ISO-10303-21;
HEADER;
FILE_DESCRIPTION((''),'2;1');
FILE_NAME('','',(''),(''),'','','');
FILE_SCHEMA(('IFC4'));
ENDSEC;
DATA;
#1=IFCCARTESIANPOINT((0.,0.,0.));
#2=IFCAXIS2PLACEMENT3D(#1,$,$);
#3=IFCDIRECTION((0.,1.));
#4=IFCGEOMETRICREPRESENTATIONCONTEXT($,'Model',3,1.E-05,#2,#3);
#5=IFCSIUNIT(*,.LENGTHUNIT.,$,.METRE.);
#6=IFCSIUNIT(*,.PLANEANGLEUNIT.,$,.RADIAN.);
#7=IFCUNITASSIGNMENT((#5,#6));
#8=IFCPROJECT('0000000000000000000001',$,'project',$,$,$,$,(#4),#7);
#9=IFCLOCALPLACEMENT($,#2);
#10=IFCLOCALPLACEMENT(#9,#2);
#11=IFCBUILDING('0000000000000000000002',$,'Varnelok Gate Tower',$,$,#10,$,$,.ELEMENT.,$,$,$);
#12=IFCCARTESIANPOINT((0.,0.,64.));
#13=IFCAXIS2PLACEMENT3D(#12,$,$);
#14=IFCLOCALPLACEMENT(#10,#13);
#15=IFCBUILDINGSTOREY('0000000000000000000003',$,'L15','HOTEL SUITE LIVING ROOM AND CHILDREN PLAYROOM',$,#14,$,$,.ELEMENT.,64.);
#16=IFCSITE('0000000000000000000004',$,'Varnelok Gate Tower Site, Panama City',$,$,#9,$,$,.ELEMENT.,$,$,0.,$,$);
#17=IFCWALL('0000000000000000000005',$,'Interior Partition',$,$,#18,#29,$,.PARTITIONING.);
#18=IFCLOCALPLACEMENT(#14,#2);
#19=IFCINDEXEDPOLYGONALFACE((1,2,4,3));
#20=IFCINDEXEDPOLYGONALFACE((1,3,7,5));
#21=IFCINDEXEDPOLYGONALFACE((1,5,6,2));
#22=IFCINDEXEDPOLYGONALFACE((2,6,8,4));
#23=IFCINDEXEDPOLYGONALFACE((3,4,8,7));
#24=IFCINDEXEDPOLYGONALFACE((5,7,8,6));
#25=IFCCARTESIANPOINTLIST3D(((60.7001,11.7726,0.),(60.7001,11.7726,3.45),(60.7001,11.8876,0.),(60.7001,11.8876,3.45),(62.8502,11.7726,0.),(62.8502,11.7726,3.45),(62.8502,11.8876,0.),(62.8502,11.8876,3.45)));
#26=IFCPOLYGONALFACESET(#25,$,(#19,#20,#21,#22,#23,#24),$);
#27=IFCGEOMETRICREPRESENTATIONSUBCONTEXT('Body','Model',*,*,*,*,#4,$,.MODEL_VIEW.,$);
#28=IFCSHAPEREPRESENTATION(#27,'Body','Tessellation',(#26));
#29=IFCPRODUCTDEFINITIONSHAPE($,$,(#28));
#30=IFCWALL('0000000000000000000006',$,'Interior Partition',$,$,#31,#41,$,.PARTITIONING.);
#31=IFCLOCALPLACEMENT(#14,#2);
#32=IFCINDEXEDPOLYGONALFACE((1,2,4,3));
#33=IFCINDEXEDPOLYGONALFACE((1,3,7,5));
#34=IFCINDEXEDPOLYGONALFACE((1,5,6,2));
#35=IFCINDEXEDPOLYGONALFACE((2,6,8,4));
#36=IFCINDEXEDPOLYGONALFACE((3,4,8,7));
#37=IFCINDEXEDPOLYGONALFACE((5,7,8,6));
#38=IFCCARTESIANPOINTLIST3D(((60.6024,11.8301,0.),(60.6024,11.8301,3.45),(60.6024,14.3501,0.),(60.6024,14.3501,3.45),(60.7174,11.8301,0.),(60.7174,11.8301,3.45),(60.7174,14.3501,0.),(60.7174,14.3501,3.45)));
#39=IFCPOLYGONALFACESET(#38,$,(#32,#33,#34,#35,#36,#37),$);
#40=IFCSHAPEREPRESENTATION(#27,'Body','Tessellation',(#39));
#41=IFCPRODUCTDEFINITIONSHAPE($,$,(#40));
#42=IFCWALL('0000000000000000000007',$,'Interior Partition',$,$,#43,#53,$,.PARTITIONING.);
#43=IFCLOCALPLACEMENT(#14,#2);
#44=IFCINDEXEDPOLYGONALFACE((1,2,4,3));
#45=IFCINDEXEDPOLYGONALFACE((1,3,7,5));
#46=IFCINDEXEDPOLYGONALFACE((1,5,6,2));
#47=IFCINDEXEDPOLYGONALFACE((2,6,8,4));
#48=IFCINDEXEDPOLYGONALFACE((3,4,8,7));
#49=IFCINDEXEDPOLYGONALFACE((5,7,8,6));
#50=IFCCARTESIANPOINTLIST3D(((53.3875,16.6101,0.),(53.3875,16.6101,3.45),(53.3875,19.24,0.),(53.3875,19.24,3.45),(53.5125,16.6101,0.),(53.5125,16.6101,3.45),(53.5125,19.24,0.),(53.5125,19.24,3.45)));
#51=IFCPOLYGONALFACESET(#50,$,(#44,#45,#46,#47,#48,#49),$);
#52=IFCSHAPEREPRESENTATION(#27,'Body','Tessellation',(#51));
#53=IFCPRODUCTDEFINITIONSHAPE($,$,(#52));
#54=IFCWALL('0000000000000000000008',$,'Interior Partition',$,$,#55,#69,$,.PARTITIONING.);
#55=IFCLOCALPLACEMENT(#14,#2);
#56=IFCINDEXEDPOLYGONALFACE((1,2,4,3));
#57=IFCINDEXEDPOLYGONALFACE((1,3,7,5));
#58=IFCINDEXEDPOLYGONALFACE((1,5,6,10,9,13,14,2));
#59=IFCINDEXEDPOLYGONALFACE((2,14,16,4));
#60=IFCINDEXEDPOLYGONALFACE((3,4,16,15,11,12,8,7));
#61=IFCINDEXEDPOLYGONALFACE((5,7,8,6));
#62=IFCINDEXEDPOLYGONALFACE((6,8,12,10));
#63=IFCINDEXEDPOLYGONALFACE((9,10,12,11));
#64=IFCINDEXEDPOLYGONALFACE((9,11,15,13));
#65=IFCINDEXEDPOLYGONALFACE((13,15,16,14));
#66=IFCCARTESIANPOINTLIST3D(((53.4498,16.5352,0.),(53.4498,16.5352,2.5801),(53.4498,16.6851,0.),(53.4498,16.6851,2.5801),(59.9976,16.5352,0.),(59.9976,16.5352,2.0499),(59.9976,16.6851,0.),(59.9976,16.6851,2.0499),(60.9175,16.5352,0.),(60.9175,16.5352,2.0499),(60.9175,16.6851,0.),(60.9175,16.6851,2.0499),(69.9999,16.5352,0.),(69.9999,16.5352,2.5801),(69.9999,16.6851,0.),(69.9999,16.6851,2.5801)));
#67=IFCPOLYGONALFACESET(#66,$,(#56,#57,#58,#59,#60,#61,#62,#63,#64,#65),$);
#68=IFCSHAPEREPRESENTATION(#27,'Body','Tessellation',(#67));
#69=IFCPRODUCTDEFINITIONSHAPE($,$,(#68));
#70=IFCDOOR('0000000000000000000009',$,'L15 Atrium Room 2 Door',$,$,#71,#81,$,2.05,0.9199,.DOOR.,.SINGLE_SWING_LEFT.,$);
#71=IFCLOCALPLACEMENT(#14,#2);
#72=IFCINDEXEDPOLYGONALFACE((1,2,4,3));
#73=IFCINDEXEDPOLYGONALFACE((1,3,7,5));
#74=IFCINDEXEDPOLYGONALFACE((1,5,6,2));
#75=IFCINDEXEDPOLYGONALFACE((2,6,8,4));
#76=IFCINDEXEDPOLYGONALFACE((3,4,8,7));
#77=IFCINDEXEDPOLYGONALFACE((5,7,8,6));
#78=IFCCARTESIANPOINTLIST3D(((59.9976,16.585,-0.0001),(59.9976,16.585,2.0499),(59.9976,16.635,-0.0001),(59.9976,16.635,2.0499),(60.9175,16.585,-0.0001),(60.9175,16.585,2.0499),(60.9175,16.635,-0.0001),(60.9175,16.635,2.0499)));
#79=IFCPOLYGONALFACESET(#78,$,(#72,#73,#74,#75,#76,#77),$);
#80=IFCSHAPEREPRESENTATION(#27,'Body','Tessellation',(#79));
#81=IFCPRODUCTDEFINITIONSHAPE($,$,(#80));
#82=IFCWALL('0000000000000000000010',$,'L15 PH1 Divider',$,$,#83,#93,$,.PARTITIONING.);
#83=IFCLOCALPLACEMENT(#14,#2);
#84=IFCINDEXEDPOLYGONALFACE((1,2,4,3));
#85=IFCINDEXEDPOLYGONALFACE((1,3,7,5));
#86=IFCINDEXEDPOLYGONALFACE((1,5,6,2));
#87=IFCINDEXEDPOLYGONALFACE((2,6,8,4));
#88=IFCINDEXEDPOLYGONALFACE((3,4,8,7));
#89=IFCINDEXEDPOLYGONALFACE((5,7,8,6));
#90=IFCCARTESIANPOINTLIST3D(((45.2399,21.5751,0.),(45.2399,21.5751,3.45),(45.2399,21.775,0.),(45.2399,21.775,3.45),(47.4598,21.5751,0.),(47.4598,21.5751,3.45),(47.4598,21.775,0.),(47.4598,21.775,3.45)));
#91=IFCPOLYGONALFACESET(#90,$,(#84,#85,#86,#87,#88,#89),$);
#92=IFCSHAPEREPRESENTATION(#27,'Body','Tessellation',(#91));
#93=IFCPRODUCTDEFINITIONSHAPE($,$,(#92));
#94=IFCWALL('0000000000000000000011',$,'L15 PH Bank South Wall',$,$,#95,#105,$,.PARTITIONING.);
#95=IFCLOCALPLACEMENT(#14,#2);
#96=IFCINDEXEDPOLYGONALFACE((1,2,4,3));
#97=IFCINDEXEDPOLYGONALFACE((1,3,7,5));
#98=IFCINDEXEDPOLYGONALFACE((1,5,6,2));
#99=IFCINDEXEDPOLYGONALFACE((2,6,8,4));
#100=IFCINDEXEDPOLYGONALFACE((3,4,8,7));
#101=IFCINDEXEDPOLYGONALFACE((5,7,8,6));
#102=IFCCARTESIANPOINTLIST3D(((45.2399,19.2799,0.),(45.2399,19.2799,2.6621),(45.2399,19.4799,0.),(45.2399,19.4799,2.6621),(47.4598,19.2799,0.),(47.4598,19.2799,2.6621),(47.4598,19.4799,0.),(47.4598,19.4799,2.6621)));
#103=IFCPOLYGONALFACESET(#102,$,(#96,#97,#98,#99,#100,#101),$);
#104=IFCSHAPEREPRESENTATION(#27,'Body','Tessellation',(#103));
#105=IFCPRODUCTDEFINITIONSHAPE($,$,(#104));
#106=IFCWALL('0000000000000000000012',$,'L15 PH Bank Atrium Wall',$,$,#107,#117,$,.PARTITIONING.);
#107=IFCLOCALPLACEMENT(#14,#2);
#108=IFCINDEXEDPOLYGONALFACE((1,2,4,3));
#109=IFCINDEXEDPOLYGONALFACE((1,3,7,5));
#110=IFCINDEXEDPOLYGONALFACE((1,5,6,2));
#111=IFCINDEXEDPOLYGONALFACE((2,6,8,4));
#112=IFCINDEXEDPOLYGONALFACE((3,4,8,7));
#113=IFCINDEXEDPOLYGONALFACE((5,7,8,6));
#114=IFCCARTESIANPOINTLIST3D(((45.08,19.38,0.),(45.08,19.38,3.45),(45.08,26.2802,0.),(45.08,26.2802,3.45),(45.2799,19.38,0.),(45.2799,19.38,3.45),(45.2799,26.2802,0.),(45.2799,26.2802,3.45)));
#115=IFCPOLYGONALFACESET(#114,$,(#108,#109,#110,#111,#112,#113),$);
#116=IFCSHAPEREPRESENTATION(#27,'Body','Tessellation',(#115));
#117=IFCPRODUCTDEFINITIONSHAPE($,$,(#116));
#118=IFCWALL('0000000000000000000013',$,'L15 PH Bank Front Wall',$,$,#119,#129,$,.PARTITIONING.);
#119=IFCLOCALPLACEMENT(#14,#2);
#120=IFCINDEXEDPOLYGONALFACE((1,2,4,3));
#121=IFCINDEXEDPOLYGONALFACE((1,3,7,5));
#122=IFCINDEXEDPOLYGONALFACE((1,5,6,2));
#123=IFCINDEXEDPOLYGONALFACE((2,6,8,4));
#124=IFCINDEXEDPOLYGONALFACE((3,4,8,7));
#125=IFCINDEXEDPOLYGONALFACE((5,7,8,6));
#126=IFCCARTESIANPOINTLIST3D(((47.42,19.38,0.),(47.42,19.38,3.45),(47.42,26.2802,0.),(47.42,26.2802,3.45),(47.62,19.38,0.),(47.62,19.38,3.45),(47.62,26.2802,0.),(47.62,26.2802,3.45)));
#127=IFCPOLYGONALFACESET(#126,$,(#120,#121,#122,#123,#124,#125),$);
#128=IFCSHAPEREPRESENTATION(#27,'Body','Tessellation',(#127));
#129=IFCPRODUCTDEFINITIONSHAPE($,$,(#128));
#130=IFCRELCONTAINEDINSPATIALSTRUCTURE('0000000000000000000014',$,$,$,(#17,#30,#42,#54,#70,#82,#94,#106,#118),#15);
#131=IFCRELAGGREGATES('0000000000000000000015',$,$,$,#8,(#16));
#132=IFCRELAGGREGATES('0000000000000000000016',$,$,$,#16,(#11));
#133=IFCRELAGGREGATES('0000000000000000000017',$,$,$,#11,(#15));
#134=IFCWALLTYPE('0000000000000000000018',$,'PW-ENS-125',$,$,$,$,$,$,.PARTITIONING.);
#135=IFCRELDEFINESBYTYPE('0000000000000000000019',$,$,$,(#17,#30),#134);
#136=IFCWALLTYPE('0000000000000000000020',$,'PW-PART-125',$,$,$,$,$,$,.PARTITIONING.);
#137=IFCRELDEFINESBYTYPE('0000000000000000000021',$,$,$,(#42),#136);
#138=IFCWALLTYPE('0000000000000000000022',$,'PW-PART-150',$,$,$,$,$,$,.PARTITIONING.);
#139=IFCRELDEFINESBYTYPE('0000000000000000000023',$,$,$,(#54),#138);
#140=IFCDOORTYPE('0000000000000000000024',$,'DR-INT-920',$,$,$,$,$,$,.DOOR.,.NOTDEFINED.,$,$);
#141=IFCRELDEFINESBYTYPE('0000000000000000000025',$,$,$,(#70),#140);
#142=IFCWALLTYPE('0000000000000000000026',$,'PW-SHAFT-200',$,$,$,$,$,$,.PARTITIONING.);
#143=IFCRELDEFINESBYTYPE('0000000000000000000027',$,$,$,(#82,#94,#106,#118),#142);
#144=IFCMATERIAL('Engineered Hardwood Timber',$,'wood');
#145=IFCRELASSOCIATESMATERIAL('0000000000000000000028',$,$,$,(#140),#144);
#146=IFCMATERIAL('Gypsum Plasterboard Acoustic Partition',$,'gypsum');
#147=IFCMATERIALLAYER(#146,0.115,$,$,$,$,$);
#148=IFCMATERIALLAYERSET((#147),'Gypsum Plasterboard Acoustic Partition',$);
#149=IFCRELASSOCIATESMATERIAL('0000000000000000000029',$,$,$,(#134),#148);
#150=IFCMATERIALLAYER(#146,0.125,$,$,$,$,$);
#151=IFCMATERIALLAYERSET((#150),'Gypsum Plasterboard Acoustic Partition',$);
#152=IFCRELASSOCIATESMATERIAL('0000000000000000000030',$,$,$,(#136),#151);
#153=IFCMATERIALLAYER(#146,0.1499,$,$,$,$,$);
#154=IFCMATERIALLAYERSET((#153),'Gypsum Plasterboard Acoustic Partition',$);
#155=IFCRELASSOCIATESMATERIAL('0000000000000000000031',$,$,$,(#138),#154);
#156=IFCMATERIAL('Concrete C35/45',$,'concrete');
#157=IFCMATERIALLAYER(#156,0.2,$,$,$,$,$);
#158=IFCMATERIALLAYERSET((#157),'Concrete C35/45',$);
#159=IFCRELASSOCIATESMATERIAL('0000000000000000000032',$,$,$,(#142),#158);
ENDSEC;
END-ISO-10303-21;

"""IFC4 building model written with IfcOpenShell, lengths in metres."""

from ifc_helpers import new_model, si_unit, direction, frame, frame_2d, origin, place, context, subcontext, project, spatial, rectangle, extrude, material, layer, layer_set, type_object, element, fill, save


model = new_model("IFC4")

# Units and contexts
model_context = context("Model", 3, precision=1e-05, world=origin(), true_north=direction((0.0, 1.0)))
body_context = subcontext(model_context, "Body", "Model", "MODEL_VIEW")
ifc_project = project(units=[si_unit("LENGTHUNIT", "METRE"), si_unit("PLANEANGLEUNIT", "RADIAN")], contexts=[model_context])

# Site, building, storey
site_placement = place(None, origin())
site = spatial("IfcSite", under=ifc_project, at=site_placement, Name="Varnelok Gate Tower Site, Panama City", CompositionType="ELEMENT", RefElevation=0.0)
building_placement = place(site_placement, origin())
building = spatial("IfcBuilding", under=site, at=building_placement, Name="Varnelok Gate Tower", CompositionType="ELEMENT")
storey_placement = place(building_placement, frame((0.0, 0.0, 64.0)))
storey = spatial("IfcBuildingStorey", under=building, at=storey_placement, Name="L15", Description="HOTEL SUITE LIVING ROOM AND CHILDREN PLAYROOM", CompositionType="ELEMENT", Elevation=64.0)

# Shared definitions
ifc_material_1 = material(Name="Gypsum Plasterboard Acoustic Partition", Category="gypsum")
ifc_material_2 = material(Name="Engineered Hardwood Timber", Category="wood")
door_type_1 = type_object("IfcDoorType", Name="DR-INT-920", OperationType="NOTDEFINED", PredefinedType="DOOR", material=ifc_material_2)

# Walls
ifc_layer_1 = layer(ifc_material_1, 0.115)
ifc_layer_set_1 = layer_set([ifc_layer_1], Name="Gypsum Plasterboard Acoustic Partition")
wall_type_1 = type_object("IfcWallType", Name="PW-ENS-125", PredefinedType="PARTITIONING", material=ifc_layer_set_1)
wall_1_placement = place(storey_placement, frame((60.7, 11.8301, 0.0), z_axis=(0.0, 0.0, 1.0), x_axis=(1.0, 0.0, 0.0)))
element("IfcWall", 1, at=wall_1_placement, inside=storey, type_object=wall_type_1, Name="Interior Partition", PredefinedType="PARTITIONING", context=body_context, shape_type="SweptSolid", body=[
    extrude(rectangle(XDim=2.1501, YDim=0.115, at=frame_2d((1.0752, 0.0))), origin(), (0.0, 0.0, 1.0), 3.45),
])
wall_2_placement = place(storey_placement, frame((60.6599, 11.8301, 0.0), z_axis=(0.0, 0.0, 1.0), x_axis=(0.0, 1.0, 0.0)))
element("IfcWall", 2, at=wall_2_placement, inside=storey, type_object=wall_type_1, Name="Interior Partition", PredefinedType="PARTITIONING", context=body_context, shape_type="SweptSolid", body=[
    extrude(rectangle(XDim=2.52, YDim=0.115, at=frame_2d((1.26, 0.0))), origin(), (0.0, 0.0, 1.0), 3.45),
])
ifc_layer_2 = layer(ifc_material_1, 0.125)
ifc_layer_set_2 = layer_set([ifc_layer_2], Name="Gypsum Plasterboard Acoustic Partition")
wall_type_2 = type_object("IfcWallType", Name="PW-PART-125", PredefinedType="PARTITIONING", material=ifc_layer_set_2)
wall_3_placement = place(storey_placement, frame((53.45, 16.6101, 0.0), z_axis=(0.0, 0.0, 1.0), x_axis=(0.0, 1.0, 0.0)))
element("IfcWall", 3, at=wall_3_placement, inside=storey, type_object=wall_type_2, Name="Interior Partition", PredefinedType="PARTITIONING", context=body_context, shape_type="SweptSolid", body=[
    extrude(rectangle(XDim=2.6299, YDim=0.125, at=frame_2d((1.3149, 0.0))), origin(), (0.0, 0.0, 1.0), 3.45),
])

# Wall, opening, door
ifc_layer_3 = layer(ifc_material_1, 0.1499)
ifc_layer_set_3 = layer_set([ifc_layer_3], Name="Gypsum Plasterboard Acoustic Partition")
wall_type_3 = type_object("IfcWallType", Name="PW-PART-150", PredefinedType="PARTITIONING", material=ifc_layer_set_3)
wall_4_placement = place(storey_placement, frame((53.45, 16.6101, 0.0), z_axis=(0.0, 0.0, 1.0), x_axis=(1.0, 0.0, 0.0)))
wall_4 = element("IfcWall", 4, at=wall_4_placement, inside=storey, type_object=wall_type_3, Name="Interior Partition", PredefinedType="PARTITIONING", context=body_context, shape_type="SweptSolid", body=[
    extrude(rectangle(XDim=16.55, YDim=0.1499, at=frame_2d((8.2749, 0.0))), origin(), (0.0, 0.0, 1.0), 2.5801),
])
opening_1_placement = place(wall_4_placement, frame((6.5476, 0.0, 0.0)))
opening_1 = element("IfcOpeningElement", 5, at=opening_1_placement, cuts=wall_4, PredefinedType="OPENING", context=body_context, shape_type="SweptSolid", body=[
    extrude(rectangle(XDim=0.9199, YDim=2.05, at=frame_2d((0.46, 1.0249))), frame((0.0, 0.085, 0.0), z_axis=(0.0, -1.0, 0.0), x_axis=(1.0, 0.0, 0.0)), (0.0, 0.0, 1.0), 0.1699),
])
door_1_placement = place(opening_1_placement, origin())
door_1 = element("IfcDoor", 6, at=door_1_placement, inside=storey, type_object=door_type_1, Name="L15 Atrium Room 2 Door", OperationType="SINGLE_SWING_LEFT", OverallHeight=2.05, OverallWidth=0.9199, PredefinedType="DOOR", context=body_context, shape_type="SweptSolid", body=[
    extrude(rectangle(XDim=0.9199, YDim=2.05, at=frame_2d((0.46, 1.0249))), frame((0.0, 0.0249, 0.0), z_axis=(0.0, -1.0, 0.0), x_axis=(1.0, 0.0, 0.0)), (0.0, 0.0, 1.0), 0.05),
])
fill(opening_1, door_1)

# Walls
ifc_material_3 = material(Name="Concrete C35/45", Category="concrete")
ifc_layer_4 = layer(ifc_material_3, 0.2)
ifc_layer_set_4 = layer_set([ifc_layer_4], Name="Concrete C35/45")
wall_type_4 = type_object("IfcWallType", Name="PW-SHAFT-200", PredefinedType="PARTITIONING", material=ifc_layer_set_4)
wall_5_placement = place(storey_placement, frame((45.24, 21.675, 0.0), z_axis=(0.0, 0.0, 1.0), x_axis=(1.0, 0.0, 0.0)))
element("IfcWall", 7, at=wall_5_placement, inside=storey, type_object=wall_type_4, Name="L15 PH1 Divider", PredefinedType="PARTITIONING", context=body_context, shape_type="SweptSolid", body=[
    extrude(rectangle(XDim=2.22, YDim=0.2, at=frame_2d((1.1099, 0.0))), origin(), (0.0, 0.0, 1.0), 3.45),
])
wall_6_placement = place(storey_placement, frame((45.24, 19.3799, 0.0), z_axis=(0.0, 0.0, 1.0), x_axis=(1.0, 0.0, 0.0)))
element("IfcWall", 8, at=wall_6_placement, inside=storey, type_object=wall_type_4, Name="L15 PH Bank South Wall", PredefinedType="PARTITIONING", context=body_context, shape_type="SweptSolid", body=[
    extrude(rectangle(XDim=2.22, YDim=0.2, at=frame_2d((1.1099, 0.0))), origin(), (0.0, 0.0, 1.0), 2.6621),
])
for number, where, z_axis, x_axis, name in (
    (9, (45.1799, 19.3799, 0.0), (0.0, 0.0, 1.0), (0.0, 1.0, 0.0), "L15 PH Bank Atrium Wall"),
    (10, (47.52, 19.3799, 0.0), (0.0, 0.0, 1.0), (0.0, 1.0, 0.0), "L15 PH Bank Front Wall"),
):
    element("IfcWall", number, at=place(storey_placement, frame(where, z_axis=z_axis, x_axis=x_axis)), inside=storey, type_object=wall_type_4, Name=name, PredefinedType="PARTITIONING", context=body_context, shape_type="SweptSolid", body=[
        extrude(rectangle(XDim=6.9001, YDim=0.2, at=frame_2d((3.4502, 0.0))), origin(), (0.0, 0.0, 1.0), 3.45),
    ])

save(model, "model.ifc")
